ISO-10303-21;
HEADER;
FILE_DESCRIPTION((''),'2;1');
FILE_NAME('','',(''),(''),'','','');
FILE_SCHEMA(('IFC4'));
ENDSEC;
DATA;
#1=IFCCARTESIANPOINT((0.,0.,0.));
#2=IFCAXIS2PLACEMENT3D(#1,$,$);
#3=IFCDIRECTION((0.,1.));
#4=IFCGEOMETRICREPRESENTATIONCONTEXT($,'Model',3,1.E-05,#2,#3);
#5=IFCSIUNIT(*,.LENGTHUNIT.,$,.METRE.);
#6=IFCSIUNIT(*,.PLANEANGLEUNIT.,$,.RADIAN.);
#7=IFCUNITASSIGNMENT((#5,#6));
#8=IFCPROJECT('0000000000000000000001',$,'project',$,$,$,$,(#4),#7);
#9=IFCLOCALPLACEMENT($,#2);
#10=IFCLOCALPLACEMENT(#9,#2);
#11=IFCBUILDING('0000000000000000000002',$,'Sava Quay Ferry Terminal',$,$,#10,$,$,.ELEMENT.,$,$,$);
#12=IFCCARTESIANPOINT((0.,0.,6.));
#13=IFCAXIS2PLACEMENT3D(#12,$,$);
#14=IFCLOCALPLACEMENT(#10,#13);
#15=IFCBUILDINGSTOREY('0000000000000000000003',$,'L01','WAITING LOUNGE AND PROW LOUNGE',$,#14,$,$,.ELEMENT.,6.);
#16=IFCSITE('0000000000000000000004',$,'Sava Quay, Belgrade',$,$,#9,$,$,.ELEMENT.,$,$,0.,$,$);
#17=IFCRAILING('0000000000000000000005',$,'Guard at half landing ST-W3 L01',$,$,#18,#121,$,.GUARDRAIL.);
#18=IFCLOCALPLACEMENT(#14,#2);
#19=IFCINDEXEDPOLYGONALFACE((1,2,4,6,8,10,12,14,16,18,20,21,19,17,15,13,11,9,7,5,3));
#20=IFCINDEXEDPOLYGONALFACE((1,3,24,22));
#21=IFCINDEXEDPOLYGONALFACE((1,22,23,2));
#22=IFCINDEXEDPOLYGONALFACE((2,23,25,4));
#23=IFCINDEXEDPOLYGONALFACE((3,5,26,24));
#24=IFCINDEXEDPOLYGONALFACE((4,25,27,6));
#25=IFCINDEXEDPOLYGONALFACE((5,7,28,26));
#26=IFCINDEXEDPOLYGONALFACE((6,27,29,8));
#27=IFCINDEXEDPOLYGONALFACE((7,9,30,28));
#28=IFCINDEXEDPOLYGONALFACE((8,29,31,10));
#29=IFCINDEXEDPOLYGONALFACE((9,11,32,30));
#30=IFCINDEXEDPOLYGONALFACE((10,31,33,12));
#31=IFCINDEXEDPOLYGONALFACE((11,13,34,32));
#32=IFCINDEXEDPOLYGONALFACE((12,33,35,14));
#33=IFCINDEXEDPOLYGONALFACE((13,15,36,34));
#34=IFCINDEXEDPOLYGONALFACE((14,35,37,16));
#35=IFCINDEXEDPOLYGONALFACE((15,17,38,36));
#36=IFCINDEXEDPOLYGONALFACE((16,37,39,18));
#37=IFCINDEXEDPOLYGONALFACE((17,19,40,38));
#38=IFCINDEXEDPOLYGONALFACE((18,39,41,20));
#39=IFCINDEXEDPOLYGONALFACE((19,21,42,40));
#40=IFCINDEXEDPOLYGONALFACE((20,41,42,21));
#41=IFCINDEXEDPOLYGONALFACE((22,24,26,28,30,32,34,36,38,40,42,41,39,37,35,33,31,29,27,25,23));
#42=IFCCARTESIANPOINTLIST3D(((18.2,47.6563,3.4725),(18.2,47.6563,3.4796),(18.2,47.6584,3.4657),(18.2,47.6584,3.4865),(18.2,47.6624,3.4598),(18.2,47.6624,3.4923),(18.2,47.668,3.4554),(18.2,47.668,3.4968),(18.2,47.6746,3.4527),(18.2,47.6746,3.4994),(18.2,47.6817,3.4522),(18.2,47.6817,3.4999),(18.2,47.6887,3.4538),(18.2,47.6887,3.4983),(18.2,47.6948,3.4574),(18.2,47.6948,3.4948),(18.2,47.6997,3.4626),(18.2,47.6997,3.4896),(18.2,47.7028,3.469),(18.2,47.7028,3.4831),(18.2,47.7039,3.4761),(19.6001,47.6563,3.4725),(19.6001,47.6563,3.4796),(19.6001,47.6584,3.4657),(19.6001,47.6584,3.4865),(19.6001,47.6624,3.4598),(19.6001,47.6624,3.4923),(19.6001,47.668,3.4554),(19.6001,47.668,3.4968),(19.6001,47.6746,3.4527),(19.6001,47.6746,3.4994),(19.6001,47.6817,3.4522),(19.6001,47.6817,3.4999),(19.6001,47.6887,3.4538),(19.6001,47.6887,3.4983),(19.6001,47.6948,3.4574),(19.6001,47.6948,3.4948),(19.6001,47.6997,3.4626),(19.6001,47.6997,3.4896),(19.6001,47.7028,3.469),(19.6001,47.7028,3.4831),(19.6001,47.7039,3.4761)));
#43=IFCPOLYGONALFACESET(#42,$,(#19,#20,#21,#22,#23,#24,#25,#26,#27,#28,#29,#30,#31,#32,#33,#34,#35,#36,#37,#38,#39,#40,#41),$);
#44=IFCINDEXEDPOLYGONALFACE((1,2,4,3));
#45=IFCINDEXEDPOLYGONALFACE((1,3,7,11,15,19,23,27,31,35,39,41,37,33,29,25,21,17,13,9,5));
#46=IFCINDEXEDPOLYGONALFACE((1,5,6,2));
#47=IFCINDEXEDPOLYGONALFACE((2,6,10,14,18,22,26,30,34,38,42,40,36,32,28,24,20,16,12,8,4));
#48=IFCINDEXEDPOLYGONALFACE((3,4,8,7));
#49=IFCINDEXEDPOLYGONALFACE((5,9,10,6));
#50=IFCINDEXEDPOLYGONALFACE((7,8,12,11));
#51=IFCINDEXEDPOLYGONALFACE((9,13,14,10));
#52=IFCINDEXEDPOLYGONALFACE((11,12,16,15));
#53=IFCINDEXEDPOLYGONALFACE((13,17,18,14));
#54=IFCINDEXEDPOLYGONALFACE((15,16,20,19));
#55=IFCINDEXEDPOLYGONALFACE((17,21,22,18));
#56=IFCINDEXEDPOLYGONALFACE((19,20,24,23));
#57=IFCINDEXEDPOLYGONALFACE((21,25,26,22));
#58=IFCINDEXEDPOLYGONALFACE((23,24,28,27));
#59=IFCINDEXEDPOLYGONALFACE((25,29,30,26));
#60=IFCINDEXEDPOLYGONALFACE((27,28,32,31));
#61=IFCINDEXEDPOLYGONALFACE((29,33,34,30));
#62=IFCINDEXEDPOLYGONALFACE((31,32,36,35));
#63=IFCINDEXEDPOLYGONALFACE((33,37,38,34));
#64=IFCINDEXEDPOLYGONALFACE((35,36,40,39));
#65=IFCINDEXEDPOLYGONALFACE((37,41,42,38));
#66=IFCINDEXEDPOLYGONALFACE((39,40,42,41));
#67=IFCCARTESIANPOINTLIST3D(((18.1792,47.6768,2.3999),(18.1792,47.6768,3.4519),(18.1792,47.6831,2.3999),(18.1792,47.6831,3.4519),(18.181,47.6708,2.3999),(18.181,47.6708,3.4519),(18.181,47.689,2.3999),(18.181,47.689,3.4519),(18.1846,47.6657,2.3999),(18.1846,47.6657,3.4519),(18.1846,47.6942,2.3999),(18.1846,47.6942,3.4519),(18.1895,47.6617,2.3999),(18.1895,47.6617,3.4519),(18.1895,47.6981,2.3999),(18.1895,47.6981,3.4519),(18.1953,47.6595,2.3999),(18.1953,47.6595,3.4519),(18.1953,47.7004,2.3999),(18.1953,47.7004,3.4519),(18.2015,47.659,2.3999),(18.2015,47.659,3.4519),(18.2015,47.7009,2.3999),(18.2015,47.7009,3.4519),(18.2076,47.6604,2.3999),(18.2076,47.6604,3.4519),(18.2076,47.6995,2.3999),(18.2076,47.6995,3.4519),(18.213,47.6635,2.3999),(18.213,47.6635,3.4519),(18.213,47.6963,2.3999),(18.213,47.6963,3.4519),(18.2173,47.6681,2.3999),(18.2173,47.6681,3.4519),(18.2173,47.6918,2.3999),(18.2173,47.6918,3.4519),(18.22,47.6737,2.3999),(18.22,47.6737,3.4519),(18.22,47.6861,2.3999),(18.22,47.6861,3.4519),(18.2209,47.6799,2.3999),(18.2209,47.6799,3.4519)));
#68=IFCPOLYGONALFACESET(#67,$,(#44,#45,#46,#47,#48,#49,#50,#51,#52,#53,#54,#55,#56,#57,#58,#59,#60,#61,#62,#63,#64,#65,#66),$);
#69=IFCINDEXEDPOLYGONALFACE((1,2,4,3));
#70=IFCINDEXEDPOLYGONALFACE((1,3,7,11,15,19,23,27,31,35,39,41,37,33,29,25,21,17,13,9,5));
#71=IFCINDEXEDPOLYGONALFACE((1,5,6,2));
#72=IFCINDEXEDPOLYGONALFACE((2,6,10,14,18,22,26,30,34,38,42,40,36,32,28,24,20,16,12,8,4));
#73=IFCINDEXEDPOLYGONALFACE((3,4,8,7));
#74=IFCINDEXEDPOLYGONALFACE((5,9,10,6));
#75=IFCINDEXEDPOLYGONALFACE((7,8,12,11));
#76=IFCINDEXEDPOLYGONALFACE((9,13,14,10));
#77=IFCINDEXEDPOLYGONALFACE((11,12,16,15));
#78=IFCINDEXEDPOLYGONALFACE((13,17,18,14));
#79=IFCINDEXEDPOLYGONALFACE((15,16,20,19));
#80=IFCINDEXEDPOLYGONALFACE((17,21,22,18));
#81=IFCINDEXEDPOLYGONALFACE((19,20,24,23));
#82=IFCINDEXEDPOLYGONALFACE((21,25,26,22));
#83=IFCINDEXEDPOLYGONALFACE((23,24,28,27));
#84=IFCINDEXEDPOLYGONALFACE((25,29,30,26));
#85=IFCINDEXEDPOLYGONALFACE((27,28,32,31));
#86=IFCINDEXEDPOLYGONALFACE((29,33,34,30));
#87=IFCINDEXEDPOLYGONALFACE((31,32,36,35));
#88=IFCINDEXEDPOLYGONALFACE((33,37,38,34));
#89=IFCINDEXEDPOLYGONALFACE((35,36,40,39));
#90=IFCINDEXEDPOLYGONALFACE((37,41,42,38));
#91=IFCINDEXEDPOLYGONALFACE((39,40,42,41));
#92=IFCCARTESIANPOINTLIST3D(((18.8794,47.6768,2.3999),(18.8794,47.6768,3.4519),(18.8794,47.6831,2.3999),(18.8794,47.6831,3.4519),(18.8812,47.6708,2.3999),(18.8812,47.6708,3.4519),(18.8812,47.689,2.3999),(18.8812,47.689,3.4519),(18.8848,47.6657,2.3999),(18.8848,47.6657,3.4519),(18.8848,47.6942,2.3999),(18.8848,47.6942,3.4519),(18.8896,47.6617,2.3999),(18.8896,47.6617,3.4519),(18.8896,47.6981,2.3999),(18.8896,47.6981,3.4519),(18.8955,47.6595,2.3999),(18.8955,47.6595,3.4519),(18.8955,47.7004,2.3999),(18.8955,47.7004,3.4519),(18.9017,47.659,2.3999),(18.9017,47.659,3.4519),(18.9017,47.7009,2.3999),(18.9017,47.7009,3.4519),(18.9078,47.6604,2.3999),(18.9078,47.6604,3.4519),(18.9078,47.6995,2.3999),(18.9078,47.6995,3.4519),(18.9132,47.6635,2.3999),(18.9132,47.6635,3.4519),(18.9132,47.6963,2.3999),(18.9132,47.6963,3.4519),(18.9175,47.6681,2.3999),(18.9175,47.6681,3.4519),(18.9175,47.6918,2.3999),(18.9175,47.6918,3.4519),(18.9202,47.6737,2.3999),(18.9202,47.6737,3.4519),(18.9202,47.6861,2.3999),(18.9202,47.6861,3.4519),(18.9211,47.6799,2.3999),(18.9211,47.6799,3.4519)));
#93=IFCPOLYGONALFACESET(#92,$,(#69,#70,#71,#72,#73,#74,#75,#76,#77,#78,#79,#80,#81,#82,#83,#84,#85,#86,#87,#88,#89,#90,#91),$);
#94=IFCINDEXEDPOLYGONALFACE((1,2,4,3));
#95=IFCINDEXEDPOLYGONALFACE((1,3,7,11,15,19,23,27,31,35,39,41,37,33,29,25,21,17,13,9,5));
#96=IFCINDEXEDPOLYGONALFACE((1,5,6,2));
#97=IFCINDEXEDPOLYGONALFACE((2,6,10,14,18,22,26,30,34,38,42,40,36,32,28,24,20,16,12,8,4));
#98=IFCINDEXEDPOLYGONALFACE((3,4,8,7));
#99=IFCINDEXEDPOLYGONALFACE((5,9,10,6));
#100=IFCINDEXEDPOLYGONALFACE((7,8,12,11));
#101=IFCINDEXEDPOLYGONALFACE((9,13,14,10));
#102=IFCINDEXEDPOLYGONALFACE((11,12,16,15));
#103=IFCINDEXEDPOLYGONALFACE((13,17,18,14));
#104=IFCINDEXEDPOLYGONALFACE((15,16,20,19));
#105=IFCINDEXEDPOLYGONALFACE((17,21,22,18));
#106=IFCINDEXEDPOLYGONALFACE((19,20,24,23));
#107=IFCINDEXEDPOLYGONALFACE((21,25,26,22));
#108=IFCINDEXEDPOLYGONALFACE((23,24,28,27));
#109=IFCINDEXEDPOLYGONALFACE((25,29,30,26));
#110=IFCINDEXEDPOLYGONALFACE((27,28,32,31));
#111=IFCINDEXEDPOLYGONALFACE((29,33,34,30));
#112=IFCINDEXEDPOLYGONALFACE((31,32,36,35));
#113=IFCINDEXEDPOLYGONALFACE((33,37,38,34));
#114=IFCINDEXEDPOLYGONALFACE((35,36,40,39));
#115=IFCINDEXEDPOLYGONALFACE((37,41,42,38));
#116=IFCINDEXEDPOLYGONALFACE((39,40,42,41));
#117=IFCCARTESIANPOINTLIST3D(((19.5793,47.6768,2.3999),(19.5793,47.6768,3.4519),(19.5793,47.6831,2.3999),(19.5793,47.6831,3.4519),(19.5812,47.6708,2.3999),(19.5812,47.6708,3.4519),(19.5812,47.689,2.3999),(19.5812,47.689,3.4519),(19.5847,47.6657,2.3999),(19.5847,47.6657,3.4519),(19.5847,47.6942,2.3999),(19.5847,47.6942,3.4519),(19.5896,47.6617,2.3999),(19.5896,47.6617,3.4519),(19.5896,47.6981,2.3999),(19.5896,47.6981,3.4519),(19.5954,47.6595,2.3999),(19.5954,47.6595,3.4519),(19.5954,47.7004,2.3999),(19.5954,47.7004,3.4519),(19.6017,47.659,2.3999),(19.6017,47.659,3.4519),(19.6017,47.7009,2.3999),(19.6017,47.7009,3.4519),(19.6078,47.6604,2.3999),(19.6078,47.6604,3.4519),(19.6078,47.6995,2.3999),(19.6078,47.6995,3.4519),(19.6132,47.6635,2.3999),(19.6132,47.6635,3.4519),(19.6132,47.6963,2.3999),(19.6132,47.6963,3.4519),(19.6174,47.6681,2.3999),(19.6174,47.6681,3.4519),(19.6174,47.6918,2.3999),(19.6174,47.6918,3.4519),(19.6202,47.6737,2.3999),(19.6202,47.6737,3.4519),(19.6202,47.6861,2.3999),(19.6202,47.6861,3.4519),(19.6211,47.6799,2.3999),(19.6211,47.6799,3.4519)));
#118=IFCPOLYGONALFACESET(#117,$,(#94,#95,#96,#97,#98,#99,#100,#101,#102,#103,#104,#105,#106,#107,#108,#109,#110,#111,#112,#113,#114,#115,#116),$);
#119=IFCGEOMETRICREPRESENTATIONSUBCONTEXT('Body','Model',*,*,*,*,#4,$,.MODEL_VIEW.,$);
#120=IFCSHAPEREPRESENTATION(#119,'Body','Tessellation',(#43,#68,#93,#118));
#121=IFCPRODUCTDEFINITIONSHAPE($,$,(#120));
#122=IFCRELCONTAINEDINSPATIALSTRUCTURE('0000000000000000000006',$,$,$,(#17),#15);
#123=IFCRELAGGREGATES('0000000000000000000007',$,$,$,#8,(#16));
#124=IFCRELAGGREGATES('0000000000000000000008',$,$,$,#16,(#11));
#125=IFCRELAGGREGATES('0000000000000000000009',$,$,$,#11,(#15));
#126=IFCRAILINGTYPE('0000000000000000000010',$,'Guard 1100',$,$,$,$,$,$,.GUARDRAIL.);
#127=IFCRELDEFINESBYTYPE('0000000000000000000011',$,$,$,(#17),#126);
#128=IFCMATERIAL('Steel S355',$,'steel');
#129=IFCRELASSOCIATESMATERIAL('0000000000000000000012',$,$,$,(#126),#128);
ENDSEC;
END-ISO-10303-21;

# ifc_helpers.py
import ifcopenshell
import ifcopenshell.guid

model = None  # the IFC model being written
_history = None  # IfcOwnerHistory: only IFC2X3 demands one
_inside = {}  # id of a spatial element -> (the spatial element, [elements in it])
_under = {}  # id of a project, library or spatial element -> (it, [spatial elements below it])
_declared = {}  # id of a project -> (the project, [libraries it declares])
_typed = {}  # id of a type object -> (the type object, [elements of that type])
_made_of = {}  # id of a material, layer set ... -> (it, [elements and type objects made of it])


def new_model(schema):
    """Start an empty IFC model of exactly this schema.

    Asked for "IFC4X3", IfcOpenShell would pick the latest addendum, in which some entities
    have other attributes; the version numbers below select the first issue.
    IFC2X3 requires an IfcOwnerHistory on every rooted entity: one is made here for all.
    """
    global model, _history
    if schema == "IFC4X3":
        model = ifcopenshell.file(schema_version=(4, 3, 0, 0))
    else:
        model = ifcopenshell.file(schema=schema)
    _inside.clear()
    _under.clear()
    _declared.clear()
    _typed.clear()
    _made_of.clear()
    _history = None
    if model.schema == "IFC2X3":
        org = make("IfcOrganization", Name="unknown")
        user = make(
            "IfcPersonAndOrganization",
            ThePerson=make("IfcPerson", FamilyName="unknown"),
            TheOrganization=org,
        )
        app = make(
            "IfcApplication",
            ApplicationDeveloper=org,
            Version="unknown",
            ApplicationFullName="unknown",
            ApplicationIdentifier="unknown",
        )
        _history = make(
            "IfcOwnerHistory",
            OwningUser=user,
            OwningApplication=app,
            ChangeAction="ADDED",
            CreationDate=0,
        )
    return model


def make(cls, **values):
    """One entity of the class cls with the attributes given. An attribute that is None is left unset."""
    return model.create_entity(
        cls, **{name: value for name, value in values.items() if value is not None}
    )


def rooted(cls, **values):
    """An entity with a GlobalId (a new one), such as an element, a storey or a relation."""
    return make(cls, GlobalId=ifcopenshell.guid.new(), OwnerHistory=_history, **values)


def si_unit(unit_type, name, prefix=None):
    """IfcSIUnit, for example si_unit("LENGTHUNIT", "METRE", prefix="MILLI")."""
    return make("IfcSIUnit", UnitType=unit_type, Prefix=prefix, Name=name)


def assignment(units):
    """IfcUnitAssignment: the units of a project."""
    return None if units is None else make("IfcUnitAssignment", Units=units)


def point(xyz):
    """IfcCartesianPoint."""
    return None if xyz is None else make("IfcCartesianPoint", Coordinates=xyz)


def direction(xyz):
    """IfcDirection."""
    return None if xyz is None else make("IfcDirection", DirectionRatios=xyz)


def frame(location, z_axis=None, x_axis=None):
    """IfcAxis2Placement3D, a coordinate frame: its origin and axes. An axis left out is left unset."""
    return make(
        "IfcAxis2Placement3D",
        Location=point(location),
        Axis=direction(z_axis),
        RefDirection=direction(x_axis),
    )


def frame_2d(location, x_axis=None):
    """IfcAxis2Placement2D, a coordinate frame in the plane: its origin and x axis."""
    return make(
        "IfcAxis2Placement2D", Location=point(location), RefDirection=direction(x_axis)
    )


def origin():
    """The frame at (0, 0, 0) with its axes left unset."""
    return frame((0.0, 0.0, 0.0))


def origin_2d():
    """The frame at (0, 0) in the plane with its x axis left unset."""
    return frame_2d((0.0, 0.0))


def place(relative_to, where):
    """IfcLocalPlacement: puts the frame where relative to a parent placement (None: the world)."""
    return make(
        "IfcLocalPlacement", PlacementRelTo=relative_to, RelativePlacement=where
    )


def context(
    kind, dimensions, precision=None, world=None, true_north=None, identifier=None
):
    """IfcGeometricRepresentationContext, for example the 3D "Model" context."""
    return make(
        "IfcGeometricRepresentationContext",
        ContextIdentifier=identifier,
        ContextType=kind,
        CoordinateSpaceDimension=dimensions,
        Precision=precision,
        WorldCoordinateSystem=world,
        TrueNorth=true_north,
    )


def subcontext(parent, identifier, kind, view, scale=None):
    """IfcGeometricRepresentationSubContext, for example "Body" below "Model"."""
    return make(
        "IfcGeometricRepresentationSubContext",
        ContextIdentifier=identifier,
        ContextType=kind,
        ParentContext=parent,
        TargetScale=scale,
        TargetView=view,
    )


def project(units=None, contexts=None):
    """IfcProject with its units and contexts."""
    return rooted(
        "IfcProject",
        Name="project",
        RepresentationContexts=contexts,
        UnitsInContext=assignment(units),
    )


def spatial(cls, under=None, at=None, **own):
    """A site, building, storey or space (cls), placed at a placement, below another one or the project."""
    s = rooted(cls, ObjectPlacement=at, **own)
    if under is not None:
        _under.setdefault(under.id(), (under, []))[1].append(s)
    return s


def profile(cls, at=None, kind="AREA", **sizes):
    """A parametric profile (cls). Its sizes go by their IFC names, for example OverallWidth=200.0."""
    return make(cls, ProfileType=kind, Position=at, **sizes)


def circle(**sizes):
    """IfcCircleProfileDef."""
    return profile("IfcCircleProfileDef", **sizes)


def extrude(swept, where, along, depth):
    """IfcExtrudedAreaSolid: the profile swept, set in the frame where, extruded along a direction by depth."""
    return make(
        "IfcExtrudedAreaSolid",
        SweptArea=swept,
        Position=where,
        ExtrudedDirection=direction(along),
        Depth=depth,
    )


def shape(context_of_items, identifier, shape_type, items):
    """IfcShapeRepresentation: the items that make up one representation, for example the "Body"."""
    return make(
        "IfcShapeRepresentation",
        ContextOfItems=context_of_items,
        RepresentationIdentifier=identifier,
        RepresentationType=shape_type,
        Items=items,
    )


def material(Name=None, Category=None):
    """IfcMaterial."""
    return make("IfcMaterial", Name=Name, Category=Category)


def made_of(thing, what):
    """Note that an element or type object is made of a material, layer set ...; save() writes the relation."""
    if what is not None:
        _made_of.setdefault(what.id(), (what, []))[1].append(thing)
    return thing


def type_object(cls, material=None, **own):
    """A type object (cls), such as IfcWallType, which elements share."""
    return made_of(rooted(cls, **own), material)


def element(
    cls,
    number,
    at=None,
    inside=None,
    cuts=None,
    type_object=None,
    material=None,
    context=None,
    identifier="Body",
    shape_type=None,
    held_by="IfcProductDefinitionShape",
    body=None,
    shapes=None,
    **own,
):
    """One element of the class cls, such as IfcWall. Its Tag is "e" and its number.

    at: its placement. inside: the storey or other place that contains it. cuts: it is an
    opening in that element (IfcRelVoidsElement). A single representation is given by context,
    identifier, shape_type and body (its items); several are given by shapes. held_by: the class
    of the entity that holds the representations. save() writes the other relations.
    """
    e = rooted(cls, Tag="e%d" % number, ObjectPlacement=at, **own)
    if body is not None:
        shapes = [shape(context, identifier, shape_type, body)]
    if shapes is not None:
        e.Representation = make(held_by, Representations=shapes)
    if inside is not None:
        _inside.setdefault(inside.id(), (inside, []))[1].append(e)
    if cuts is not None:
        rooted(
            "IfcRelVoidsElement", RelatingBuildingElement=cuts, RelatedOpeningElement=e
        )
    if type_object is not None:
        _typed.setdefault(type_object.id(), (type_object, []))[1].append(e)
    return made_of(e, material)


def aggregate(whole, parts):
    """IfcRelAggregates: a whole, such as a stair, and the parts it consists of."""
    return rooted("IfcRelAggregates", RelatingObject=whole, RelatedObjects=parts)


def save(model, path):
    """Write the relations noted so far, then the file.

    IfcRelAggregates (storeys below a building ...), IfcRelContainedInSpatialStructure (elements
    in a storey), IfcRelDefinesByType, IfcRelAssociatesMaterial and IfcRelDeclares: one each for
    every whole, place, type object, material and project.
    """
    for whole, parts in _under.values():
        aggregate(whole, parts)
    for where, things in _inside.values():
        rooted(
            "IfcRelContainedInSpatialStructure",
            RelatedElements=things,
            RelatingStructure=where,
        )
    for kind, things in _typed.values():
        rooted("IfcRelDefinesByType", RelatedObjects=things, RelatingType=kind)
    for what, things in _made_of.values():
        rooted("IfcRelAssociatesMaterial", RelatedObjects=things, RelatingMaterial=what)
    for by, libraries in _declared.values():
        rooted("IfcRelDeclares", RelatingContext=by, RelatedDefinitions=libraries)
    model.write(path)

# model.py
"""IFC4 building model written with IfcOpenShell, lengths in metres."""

from ifc_helpers import new_model, si_unit, direction, frame, origin, origin_2d, place, context, subcontext, project, spatial, circle, extrude, material, type_object, element, save


model = new_model("IFC4")

# Units and contexts
model_context = context("Model", 3, precision=1e-05, world=origin(), true_north=direction((0.0, 1.0)))
body_context = subcontext(model_context, "Body", "Model", "MODEL_VIEW")
ifc_project = project(units=[si_unit("LENGTHUNIT", "METRE"), si_unit("PLANEANGLEUNIT", "RADIAN")], contexts=[model_context])

# Site, building, storey
site_placement = place(None, origin())
site = spatial("IfcSite", under=ifc_project, at=site_placement, Name="Sava Quay, Belgrade", CompositionType="ELEMENT", RefElevation=0.0)
building_placement = place(site_placement, origin())
building = spatial("IfcBuilding", under=site, at=building_placement, Name="Sava Quay Ferry Terminal", CompositionType="ELEMENT")
storey_placement = place(building_placement, frame((0.0, 0.0, 6.0)))
storey = spatial("IfcBuildingStorey", under=building, at=storey_placement, Name="L01", Description="WAITING LOUNGE AND PROW LOUNGE", CompositionType="ELEMENT", Elevation=6.0)

# Railing
ifc_material_1 = material(Name="Steel S355", Category="steel")
railing_type_1 = type_object("IfcRailingType", Name="Guard 1100", PredefinedType="GUARDRAIL", material=ifc_material_1)
railing_1_placement = place(storey_placement, frame((18.2, 47.6799, 2.3999)))
element("IfcRailing", 1, at=railing_1_placement, inside=storey, type_object=railing_type_1, Name="Guard at half landing ST-W3 L01", PredefinedType="GUARDRAIL", context=body_context, shape_type="SweptSolid", body=[
    extrude(circle(Radius=0.0239, at=origin_2d()), frame((0.0, 0.0, 1.0762), z_axis=(1.0, 0.0, 0.0), x_axis=(0.0, 1.0, 0.0)), (0.0, 0.0, 1.0), 1.4001),
    extrude(circle(Radius=0.021, at=origin_2d()), origin(), (0.0, 0.0, 1.0), 1.052),
    extrude(circle(Radius=0.021, at=origin_2d()), frame((0.7002, 0.0, 0.0)), (0.0, 0.0, 1.0), 1.052),
    extrude(circle(Radius=0.021, at=origin_2d()), frame((1.4001, 0.0, 0.0)), (0.0, 0.0, 1.0), 1.052),
])

save(model, "model.ifc")
